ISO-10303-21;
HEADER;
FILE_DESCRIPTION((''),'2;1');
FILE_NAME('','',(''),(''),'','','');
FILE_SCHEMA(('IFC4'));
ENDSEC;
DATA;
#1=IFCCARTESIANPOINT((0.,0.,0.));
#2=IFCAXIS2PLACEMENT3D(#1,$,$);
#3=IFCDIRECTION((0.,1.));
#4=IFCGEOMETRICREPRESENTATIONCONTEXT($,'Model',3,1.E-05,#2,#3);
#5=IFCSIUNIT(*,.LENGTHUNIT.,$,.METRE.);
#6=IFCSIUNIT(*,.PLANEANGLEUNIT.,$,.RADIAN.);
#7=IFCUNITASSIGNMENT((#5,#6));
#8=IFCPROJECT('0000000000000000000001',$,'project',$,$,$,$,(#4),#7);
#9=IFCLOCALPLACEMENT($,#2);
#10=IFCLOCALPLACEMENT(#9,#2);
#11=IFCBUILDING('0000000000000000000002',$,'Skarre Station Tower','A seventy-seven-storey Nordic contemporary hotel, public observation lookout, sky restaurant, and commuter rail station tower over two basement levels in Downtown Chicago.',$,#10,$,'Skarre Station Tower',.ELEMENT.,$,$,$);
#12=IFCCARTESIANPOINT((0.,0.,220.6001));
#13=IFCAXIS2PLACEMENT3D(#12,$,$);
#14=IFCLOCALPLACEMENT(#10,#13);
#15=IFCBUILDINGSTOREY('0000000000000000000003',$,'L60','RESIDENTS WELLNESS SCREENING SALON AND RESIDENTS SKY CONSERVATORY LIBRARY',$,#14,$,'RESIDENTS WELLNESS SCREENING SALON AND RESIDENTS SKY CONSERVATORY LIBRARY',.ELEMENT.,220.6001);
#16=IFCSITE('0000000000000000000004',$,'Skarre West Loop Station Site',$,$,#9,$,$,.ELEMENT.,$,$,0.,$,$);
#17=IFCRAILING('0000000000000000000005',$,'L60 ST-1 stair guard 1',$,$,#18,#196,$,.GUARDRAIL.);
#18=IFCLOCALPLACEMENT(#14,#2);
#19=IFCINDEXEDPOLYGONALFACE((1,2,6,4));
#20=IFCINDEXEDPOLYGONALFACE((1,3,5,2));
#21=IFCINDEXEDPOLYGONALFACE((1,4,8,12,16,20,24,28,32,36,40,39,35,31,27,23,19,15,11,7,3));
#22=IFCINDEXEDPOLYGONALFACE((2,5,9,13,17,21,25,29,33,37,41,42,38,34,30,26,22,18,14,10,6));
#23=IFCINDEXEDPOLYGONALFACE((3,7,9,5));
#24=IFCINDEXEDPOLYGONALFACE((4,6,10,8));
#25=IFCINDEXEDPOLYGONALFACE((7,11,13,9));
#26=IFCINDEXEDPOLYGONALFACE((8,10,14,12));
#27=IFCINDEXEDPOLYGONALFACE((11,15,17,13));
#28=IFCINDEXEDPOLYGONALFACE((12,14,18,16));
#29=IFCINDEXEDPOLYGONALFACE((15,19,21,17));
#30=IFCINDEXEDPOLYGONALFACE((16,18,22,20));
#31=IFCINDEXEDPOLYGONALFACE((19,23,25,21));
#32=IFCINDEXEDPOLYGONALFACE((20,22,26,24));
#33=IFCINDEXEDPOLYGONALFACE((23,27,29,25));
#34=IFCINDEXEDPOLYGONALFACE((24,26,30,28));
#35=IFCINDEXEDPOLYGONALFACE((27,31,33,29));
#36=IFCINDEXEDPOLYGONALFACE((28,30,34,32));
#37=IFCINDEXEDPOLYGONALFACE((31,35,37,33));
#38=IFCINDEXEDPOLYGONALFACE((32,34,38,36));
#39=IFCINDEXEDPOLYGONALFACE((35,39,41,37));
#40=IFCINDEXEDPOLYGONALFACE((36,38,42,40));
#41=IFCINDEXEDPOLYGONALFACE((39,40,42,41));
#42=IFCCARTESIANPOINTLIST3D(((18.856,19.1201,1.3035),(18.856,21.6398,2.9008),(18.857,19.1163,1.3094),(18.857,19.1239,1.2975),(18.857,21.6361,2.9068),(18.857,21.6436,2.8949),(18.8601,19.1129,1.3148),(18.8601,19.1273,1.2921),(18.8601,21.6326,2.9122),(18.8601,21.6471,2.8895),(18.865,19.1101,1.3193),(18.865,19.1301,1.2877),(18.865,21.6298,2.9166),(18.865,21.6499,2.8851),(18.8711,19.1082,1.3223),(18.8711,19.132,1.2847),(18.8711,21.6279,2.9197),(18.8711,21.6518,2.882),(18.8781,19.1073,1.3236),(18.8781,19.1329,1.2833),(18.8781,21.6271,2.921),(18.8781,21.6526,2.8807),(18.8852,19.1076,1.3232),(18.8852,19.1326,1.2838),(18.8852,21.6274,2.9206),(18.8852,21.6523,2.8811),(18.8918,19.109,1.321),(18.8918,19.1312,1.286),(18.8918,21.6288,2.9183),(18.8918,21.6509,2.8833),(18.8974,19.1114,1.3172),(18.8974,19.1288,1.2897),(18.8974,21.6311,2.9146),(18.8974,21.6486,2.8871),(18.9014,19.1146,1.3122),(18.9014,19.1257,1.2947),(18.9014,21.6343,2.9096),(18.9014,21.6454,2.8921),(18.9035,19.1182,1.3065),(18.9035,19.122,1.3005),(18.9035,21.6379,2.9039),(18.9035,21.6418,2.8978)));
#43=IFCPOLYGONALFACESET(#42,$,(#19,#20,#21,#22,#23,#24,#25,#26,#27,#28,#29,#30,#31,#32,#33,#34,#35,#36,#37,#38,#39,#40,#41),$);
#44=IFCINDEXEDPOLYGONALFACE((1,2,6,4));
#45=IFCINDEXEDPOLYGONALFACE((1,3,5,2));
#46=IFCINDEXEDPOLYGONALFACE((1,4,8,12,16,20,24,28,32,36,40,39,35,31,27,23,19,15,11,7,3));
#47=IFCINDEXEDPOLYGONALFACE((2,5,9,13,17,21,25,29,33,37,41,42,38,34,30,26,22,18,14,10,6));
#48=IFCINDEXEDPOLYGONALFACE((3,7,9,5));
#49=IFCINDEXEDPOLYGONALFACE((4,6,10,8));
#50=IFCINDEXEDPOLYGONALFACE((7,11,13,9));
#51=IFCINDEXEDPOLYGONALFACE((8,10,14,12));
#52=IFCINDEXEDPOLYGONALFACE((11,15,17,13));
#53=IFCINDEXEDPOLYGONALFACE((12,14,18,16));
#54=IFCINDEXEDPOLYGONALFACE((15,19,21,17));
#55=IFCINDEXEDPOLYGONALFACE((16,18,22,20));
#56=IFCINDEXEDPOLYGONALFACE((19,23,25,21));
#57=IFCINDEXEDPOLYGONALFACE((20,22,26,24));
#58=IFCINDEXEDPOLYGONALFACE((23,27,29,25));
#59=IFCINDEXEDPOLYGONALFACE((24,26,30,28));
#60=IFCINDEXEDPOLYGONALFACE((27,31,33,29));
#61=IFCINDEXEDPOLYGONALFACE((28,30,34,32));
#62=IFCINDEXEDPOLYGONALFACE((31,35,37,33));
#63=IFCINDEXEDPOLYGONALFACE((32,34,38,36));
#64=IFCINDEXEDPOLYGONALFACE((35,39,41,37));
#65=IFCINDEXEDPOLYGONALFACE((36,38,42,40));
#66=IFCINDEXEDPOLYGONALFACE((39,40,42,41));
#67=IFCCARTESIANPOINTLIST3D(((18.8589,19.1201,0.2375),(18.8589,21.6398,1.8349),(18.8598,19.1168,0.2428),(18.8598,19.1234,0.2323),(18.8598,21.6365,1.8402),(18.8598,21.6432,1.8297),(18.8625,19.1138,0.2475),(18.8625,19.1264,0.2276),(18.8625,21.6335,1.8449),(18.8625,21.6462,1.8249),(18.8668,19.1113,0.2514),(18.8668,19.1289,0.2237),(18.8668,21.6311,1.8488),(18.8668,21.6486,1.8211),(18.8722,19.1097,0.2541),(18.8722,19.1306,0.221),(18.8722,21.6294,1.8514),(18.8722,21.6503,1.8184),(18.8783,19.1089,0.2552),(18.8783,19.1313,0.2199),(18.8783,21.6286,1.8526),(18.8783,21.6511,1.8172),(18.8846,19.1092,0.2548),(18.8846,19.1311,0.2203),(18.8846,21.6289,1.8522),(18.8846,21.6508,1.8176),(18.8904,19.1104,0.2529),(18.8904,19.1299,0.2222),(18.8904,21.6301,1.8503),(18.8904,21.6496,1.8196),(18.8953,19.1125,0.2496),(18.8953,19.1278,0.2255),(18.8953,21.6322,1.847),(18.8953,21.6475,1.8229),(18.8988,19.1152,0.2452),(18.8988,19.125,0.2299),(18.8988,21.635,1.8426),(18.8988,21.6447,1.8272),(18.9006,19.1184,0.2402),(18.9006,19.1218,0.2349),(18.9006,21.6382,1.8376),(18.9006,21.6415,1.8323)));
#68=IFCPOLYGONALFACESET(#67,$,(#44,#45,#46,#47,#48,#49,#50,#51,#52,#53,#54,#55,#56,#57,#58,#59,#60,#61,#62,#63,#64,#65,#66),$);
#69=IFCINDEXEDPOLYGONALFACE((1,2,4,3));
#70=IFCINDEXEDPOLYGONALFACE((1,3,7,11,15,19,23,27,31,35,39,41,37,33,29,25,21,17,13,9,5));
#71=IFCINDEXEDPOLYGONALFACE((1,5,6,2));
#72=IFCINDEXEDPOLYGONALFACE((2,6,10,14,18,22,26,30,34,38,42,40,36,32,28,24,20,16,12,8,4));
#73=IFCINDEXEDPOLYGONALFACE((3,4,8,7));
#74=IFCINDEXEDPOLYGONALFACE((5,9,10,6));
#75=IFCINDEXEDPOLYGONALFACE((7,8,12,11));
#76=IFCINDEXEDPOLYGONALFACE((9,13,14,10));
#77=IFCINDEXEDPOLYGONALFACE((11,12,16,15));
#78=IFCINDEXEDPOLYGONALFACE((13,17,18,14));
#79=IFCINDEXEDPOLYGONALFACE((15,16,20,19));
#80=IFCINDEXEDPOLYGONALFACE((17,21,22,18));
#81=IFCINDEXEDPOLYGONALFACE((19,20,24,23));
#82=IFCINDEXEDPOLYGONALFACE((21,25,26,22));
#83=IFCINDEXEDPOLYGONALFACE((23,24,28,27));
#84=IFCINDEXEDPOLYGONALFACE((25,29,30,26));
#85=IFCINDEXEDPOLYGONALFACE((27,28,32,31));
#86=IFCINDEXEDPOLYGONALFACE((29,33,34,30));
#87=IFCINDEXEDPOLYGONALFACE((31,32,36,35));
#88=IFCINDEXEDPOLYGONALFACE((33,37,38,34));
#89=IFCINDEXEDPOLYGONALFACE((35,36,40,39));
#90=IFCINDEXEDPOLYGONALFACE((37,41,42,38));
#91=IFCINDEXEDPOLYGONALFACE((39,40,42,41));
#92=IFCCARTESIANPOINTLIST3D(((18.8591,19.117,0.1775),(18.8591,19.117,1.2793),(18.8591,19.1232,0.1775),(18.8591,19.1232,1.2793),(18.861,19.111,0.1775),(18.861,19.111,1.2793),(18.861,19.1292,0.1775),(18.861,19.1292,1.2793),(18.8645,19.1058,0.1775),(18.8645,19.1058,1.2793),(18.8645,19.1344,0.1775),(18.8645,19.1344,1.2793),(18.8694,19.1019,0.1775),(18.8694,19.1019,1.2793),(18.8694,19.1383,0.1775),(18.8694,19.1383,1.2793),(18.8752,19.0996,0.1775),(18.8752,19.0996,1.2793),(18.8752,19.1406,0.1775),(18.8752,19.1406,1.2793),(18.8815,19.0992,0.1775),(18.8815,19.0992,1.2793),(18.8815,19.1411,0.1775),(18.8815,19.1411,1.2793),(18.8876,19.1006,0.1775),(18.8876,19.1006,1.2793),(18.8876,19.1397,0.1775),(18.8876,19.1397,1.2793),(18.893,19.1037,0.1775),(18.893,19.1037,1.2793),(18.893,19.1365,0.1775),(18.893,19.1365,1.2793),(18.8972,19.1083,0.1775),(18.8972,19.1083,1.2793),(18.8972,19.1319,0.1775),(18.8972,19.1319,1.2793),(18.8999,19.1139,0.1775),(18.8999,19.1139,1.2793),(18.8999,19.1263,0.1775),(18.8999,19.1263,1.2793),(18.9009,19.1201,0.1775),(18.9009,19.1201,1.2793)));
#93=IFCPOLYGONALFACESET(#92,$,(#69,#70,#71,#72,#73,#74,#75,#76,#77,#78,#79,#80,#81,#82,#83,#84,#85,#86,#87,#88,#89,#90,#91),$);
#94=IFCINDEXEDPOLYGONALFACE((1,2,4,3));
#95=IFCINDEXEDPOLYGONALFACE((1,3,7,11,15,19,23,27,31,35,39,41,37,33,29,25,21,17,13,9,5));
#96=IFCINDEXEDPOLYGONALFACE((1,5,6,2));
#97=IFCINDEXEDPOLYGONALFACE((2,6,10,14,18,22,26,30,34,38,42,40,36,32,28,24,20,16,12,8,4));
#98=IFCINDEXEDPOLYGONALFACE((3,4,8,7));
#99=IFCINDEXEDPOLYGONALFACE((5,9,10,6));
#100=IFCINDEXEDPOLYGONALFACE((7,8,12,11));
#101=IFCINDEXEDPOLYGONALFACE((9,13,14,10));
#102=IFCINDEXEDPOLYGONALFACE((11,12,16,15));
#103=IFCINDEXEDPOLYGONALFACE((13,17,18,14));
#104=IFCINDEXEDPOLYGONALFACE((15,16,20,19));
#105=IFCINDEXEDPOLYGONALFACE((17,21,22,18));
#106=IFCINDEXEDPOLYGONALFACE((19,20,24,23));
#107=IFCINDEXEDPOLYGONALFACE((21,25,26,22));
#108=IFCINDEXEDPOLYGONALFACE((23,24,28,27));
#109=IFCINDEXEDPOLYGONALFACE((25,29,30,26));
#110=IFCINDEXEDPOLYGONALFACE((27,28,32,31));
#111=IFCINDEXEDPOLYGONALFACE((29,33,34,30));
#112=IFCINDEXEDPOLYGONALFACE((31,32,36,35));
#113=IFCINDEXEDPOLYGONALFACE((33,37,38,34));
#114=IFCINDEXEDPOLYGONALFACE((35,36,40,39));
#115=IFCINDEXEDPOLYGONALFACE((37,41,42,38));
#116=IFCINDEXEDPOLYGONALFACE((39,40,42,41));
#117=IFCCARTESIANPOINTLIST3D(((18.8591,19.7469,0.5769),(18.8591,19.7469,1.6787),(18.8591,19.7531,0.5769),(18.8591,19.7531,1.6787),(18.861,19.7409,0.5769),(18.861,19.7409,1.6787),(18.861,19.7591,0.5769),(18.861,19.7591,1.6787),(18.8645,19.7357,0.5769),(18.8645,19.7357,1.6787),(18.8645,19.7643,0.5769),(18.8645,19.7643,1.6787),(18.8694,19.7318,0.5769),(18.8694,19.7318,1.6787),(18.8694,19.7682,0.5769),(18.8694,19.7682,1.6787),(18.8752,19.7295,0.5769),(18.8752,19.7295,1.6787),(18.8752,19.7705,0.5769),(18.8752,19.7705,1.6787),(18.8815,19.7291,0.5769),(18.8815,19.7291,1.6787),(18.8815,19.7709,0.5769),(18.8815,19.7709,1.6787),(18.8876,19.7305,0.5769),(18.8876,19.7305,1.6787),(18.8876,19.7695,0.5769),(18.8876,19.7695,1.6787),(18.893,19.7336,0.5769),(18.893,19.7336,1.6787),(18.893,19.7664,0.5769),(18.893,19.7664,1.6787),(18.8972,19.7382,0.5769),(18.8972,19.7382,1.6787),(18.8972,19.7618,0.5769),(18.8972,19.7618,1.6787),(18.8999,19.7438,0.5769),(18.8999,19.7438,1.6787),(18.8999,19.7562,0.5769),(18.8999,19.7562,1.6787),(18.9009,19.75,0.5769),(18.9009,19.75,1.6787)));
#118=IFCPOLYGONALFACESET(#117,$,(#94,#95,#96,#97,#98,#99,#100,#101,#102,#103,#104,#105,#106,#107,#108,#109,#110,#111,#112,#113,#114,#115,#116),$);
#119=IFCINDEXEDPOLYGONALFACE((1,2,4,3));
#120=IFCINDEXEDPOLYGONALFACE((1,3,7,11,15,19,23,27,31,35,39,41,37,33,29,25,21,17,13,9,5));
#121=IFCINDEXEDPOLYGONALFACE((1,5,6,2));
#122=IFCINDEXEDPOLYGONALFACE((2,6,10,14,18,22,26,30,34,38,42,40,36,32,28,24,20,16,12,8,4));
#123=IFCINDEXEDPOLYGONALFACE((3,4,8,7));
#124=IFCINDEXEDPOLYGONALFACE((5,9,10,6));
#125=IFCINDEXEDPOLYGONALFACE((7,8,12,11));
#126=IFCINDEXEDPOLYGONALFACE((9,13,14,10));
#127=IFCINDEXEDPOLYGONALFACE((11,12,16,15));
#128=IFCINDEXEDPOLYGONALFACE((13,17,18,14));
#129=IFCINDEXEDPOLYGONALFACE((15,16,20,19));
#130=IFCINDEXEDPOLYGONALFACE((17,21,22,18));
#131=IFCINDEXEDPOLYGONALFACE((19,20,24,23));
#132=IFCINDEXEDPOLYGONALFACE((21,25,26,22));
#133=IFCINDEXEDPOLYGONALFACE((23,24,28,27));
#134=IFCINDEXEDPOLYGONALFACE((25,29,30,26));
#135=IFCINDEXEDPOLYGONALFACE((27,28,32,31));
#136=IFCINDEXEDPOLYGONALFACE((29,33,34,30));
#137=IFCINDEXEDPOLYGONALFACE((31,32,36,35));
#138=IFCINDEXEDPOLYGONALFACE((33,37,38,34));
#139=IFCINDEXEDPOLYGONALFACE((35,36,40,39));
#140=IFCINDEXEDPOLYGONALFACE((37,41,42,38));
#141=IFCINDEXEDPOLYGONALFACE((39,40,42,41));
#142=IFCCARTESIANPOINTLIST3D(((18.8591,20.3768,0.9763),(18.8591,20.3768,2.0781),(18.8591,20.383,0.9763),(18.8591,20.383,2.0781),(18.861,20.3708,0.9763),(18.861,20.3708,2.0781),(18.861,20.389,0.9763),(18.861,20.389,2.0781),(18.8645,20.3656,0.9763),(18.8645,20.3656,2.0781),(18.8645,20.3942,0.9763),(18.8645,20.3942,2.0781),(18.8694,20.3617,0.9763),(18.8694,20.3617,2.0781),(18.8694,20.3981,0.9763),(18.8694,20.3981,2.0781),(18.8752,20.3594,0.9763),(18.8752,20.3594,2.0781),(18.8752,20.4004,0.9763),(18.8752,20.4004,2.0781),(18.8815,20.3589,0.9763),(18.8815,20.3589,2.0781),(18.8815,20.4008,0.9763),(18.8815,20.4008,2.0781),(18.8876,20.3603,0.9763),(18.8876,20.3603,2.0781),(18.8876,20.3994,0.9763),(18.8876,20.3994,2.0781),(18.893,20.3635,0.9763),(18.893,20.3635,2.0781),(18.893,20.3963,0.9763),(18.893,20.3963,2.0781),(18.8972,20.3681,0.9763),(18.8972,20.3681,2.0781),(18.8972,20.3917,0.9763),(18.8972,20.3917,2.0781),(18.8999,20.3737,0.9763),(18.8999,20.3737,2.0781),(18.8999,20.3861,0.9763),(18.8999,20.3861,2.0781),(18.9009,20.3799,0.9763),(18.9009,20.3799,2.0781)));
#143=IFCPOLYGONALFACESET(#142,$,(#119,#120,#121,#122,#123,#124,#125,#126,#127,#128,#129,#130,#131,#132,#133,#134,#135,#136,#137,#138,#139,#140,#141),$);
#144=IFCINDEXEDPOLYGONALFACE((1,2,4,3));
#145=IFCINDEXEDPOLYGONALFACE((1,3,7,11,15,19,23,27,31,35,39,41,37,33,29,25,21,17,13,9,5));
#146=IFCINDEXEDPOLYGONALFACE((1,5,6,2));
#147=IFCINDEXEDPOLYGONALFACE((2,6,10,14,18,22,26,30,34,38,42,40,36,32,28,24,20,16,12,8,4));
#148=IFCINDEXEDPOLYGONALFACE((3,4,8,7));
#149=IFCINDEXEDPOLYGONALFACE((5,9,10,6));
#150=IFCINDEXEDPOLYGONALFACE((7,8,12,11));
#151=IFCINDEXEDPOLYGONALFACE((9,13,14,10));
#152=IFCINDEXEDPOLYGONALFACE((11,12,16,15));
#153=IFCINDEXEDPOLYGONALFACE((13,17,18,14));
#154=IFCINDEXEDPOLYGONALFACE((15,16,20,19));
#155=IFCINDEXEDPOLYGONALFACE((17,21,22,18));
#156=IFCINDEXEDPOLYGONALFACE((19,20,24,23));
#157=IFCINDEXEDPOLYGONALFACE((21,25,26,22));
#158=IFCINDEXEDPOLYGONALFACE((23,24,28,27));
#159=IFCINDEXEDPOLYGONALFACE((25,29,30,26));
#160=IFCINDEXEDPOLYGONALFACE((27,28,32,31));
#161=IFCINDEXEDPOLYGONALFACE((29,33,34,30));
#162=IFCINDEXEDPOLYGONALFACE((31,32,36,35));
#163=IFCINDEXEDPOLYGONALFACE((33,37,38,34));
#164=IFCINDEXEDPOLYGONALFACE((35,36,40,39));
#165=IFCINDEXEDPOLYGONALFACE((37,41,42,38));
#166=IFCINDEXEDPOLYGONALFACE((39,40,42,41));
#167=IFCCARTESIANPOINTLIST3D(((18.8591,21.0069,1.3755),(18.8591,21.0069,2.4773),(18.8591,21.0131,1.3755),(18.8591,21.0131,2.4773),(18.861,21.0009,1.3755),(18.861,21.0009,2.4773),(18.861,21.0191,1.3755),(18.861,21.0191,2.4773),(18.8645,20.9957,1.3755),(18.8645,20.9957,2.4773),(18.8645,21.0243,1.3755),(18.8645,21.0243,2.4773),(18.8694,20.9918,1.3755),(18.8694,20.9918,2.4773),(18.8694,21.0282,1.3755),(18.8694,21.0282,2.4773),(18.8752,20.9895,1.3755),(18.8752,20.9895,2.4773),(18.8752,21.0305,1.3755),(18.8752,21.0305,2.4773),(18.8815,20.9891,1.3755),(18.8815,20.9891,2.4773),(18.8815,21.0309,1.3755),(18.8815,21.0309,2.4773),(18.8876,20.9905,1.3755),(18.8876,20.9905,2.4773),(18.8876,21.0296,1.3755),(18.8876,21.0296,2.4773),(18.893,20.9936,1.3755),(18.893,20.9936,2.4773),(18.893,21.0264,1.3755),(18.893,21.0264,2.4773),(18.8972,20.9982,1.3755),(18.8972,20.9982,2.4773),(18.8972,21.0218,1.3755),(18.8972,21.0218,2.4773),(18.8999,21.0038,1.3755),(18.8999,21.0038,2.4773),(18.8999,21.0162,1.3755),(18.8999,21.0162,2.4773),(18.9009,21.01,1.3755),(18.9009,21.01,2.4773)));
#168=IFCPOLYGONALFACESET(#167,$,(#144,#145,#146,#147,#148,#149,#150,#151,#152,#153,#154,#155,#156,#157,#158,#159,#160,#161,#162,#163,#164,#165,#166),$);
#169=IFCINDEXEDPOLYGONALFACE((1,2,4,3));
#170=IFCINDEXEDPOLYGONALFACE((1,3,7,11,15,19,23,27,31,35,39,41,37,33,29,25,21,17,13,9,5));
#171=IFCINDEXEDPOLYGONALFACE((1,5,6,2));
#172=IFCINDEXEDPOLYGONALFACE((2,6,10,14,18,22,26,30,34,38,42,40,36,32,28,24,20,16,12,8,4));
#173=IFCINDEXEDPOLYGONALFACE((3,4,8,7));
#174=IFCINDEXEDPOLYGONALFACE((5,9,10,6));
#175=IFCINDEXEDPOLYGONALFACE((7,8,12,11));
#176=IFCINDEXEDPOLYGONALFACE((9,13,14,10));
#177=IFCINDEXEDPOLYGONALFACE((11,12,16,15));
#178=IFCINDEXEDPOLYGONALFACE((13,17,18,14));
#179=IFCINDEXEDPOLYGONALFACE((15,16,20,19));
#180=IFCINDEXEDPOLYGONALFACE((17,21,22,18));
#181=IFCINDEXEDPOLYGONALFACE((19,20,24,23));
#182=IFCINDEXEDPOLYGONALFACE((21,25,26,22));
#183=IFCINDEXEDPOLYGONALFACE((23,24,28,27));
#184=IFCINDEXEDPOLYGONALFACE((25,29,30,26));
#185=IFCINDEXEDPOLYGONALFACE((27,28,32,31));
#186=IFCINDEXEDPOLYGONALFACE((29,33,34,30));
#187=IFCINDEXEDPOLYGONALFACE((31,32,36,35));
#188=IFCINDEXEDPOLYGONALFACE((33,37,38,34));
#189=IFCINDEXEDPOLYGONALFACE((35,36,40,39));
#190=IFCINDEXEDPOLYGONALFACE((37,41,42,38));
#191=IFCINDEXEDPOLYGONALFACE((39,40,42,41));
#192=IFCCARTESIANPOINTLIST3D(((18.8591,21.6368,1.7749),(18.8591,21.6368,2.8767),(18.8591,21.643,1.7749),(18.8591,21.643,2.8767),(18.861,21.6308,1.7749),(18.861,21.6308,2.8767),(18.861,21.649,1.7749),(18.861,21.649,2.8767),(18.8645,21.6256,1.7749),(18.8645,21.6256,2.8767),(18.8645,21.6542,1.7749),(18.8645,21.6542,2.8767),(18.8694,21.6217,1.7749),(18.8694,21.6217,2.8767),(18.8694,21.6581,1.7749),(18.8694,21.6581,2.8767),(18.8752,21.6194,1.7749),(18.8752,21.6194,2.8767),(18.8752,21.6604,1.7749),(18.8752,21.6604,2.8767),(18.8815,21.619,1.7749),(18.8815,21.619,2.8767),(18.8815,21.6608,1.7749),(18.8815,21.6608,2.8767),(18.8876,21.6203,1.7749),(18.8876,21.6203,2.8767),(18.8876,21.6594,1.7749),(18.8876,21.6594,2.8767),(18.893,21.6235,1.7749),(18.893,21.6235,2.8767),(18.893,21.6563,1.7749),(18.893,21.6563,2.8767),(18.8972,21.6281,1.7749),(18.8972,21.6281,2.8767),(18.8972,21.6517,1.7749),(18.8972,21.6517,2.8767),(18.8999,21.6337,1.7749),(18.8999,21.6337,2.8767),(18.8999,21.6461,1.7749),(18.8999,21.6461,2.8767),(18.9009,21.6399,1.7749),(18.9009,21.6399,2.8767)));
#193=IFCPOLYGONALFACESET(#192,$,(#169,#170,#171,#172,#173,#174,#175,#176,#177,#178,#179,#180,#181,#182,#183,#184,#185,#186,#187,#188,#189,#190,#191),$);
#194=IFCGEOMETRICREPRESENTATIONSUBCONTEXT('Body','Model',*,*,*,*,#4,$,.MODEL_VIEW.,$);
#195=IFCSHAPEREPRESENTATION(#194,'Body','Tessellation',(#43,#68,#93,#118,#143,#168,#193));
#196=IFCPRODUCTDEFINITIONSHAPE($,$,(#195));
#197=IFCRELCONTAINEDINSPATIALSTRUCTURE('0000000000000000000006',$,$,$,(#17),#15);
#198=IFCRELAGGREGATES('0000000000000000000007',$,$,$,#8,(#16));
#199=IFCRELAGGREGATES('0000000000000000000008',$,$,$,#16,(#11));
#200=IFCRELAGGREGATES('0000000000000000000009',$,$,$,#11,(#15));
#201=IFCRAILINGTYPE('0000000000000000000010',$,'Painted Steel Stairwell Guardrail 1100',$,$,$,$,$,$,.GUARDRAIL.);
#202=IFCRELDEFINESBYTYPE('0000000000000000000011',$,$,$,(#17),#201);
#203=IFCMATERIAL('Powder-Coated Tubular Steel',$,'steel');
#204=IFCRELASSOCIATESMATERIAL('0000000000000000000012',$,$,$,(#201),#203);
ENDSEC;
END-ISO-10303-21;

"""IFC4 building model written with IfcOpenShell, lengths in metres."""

from ifc_helpers import new_model, si_unit, direction, frame, origin, origin_2d, place, context, subcontext, project, spatial, circle, extrude, material, type_object, element, save


model = new_model("IFC4")

# Units and contexts
model_context = context("Model", 3, precision=1e-05, world=origin(), true_north=direction((0.0, 1.0)))
body_context = subcontext(model_context, "Body", "Model", "MODEL_VIEW")
ifc_project = project(units=[si_unit("LENGTHUNIT", "METRE"), si_unit("PLANEANGLEUNIT", "RADIAN")], contexts=[model_context])

# Site, building, storey
site_placement = place(None, origin())
site = spatial("IfcSite", under=ifc_project, at=site_placement, Name="Skarre West Loop Station Site", CompositionType="ELEMENT", RefElevation=0.0)
building_placement = place(site_placement, origin())
building = spatial("IfcBuilding", under=site, at=building_placement, Name="Skarre Station Tower", Description="A seventy-seven-storey Nordic contemporary hotel, public observation lookout, sky restaurant, and commuter rail station tower over two basement levels in Downtown Chicago.", LongName="Skarre Station Tower", CompositionType="ELEMENT")
storey_placement = place(building_placement, frame((0.0, 0.0, 220.6001)))
storey = spatial("IfcBuildingStorey", under=building, at=storey_placement, Name="L60", Description="RESIDENTS WELLNESS SCREENING SALON AND RESIDENTS SKY CONSERVATORY LIBRARY", LongName="RESIDENTS WELLNESS SCREENING SALON AND RESIDENTS SKY CONSERVATORY LIBRARY", CompositionType="ELEMENT", Elevation=220.6001)

# Railing
ifc_material_1 = material(Name="Powder-Coated Tubular Steel", Category="steel")
railing_type_1 = type_object("IfcRailingType", Name="Painted Steel Stairwell Guardrail 1100", PredefinedType="GUARDRAIL", material=ifc_material_1)
railing_1_placement = place(storey_placement, frame((18.8799, 19.1201, 0.1775)))
element("IfcRailing", 1, at=railing_1_placement, inside=storey, type_object=railing_type_1, Name="L60 ST-1 stair guard 1", PredefinedType="GUARDRAIL", context=body_context, shape_type="SweptSolid", body=[
    extrude(circle(Radius=0.0239, at=origin_2d()), frame((0.0, 0.0, 1.126), z_axis=(0.0, 0.844583, 0.535424), x_axis=(-1.0, 0.0, 0.0)), (0.0, 0.0, 1.0), 2.9834),
    extrude(circle(Radius=0.021, at=origin_2d()), frame((0.0, 0.0, 0.0601), z_axis=(0.0, 0.844583, 0.535424), x_axis=(-1.0, 0.0, 0.0)), (0.0, 0.0, 1.0), 2.9834),
    extrude(circle(Radius=0.021, at=origin_2d()), origin(), (0.0, 0.0, 1.0), 1.1018),
    extrude(circle(Radius=0.021, at=origin_2d()), frame((0.0, 0.6299, 0.3994)), (0.0, 0.0, 1.0), 1.1018),
    extrude(circle(Radius=0.021, at=origin_2d()), frame((0.0, 1.2598, 0.7988)), (0.0, 0.0, 1.0), 1.1018),
    extrude(circle(Radius=0.021, at=origin_2d()), frame((0.0, 1.8899, 1.198)), (0.0, 0.0, 1.0), 1.1018),
    extrude(circle(Radius=0.021, at=origin_2d()), frame((0.0, 2.5198, 1.5974)), (0.0, 0.0, 1.0), 1.1018),
])

save(model, "model.ifc")
